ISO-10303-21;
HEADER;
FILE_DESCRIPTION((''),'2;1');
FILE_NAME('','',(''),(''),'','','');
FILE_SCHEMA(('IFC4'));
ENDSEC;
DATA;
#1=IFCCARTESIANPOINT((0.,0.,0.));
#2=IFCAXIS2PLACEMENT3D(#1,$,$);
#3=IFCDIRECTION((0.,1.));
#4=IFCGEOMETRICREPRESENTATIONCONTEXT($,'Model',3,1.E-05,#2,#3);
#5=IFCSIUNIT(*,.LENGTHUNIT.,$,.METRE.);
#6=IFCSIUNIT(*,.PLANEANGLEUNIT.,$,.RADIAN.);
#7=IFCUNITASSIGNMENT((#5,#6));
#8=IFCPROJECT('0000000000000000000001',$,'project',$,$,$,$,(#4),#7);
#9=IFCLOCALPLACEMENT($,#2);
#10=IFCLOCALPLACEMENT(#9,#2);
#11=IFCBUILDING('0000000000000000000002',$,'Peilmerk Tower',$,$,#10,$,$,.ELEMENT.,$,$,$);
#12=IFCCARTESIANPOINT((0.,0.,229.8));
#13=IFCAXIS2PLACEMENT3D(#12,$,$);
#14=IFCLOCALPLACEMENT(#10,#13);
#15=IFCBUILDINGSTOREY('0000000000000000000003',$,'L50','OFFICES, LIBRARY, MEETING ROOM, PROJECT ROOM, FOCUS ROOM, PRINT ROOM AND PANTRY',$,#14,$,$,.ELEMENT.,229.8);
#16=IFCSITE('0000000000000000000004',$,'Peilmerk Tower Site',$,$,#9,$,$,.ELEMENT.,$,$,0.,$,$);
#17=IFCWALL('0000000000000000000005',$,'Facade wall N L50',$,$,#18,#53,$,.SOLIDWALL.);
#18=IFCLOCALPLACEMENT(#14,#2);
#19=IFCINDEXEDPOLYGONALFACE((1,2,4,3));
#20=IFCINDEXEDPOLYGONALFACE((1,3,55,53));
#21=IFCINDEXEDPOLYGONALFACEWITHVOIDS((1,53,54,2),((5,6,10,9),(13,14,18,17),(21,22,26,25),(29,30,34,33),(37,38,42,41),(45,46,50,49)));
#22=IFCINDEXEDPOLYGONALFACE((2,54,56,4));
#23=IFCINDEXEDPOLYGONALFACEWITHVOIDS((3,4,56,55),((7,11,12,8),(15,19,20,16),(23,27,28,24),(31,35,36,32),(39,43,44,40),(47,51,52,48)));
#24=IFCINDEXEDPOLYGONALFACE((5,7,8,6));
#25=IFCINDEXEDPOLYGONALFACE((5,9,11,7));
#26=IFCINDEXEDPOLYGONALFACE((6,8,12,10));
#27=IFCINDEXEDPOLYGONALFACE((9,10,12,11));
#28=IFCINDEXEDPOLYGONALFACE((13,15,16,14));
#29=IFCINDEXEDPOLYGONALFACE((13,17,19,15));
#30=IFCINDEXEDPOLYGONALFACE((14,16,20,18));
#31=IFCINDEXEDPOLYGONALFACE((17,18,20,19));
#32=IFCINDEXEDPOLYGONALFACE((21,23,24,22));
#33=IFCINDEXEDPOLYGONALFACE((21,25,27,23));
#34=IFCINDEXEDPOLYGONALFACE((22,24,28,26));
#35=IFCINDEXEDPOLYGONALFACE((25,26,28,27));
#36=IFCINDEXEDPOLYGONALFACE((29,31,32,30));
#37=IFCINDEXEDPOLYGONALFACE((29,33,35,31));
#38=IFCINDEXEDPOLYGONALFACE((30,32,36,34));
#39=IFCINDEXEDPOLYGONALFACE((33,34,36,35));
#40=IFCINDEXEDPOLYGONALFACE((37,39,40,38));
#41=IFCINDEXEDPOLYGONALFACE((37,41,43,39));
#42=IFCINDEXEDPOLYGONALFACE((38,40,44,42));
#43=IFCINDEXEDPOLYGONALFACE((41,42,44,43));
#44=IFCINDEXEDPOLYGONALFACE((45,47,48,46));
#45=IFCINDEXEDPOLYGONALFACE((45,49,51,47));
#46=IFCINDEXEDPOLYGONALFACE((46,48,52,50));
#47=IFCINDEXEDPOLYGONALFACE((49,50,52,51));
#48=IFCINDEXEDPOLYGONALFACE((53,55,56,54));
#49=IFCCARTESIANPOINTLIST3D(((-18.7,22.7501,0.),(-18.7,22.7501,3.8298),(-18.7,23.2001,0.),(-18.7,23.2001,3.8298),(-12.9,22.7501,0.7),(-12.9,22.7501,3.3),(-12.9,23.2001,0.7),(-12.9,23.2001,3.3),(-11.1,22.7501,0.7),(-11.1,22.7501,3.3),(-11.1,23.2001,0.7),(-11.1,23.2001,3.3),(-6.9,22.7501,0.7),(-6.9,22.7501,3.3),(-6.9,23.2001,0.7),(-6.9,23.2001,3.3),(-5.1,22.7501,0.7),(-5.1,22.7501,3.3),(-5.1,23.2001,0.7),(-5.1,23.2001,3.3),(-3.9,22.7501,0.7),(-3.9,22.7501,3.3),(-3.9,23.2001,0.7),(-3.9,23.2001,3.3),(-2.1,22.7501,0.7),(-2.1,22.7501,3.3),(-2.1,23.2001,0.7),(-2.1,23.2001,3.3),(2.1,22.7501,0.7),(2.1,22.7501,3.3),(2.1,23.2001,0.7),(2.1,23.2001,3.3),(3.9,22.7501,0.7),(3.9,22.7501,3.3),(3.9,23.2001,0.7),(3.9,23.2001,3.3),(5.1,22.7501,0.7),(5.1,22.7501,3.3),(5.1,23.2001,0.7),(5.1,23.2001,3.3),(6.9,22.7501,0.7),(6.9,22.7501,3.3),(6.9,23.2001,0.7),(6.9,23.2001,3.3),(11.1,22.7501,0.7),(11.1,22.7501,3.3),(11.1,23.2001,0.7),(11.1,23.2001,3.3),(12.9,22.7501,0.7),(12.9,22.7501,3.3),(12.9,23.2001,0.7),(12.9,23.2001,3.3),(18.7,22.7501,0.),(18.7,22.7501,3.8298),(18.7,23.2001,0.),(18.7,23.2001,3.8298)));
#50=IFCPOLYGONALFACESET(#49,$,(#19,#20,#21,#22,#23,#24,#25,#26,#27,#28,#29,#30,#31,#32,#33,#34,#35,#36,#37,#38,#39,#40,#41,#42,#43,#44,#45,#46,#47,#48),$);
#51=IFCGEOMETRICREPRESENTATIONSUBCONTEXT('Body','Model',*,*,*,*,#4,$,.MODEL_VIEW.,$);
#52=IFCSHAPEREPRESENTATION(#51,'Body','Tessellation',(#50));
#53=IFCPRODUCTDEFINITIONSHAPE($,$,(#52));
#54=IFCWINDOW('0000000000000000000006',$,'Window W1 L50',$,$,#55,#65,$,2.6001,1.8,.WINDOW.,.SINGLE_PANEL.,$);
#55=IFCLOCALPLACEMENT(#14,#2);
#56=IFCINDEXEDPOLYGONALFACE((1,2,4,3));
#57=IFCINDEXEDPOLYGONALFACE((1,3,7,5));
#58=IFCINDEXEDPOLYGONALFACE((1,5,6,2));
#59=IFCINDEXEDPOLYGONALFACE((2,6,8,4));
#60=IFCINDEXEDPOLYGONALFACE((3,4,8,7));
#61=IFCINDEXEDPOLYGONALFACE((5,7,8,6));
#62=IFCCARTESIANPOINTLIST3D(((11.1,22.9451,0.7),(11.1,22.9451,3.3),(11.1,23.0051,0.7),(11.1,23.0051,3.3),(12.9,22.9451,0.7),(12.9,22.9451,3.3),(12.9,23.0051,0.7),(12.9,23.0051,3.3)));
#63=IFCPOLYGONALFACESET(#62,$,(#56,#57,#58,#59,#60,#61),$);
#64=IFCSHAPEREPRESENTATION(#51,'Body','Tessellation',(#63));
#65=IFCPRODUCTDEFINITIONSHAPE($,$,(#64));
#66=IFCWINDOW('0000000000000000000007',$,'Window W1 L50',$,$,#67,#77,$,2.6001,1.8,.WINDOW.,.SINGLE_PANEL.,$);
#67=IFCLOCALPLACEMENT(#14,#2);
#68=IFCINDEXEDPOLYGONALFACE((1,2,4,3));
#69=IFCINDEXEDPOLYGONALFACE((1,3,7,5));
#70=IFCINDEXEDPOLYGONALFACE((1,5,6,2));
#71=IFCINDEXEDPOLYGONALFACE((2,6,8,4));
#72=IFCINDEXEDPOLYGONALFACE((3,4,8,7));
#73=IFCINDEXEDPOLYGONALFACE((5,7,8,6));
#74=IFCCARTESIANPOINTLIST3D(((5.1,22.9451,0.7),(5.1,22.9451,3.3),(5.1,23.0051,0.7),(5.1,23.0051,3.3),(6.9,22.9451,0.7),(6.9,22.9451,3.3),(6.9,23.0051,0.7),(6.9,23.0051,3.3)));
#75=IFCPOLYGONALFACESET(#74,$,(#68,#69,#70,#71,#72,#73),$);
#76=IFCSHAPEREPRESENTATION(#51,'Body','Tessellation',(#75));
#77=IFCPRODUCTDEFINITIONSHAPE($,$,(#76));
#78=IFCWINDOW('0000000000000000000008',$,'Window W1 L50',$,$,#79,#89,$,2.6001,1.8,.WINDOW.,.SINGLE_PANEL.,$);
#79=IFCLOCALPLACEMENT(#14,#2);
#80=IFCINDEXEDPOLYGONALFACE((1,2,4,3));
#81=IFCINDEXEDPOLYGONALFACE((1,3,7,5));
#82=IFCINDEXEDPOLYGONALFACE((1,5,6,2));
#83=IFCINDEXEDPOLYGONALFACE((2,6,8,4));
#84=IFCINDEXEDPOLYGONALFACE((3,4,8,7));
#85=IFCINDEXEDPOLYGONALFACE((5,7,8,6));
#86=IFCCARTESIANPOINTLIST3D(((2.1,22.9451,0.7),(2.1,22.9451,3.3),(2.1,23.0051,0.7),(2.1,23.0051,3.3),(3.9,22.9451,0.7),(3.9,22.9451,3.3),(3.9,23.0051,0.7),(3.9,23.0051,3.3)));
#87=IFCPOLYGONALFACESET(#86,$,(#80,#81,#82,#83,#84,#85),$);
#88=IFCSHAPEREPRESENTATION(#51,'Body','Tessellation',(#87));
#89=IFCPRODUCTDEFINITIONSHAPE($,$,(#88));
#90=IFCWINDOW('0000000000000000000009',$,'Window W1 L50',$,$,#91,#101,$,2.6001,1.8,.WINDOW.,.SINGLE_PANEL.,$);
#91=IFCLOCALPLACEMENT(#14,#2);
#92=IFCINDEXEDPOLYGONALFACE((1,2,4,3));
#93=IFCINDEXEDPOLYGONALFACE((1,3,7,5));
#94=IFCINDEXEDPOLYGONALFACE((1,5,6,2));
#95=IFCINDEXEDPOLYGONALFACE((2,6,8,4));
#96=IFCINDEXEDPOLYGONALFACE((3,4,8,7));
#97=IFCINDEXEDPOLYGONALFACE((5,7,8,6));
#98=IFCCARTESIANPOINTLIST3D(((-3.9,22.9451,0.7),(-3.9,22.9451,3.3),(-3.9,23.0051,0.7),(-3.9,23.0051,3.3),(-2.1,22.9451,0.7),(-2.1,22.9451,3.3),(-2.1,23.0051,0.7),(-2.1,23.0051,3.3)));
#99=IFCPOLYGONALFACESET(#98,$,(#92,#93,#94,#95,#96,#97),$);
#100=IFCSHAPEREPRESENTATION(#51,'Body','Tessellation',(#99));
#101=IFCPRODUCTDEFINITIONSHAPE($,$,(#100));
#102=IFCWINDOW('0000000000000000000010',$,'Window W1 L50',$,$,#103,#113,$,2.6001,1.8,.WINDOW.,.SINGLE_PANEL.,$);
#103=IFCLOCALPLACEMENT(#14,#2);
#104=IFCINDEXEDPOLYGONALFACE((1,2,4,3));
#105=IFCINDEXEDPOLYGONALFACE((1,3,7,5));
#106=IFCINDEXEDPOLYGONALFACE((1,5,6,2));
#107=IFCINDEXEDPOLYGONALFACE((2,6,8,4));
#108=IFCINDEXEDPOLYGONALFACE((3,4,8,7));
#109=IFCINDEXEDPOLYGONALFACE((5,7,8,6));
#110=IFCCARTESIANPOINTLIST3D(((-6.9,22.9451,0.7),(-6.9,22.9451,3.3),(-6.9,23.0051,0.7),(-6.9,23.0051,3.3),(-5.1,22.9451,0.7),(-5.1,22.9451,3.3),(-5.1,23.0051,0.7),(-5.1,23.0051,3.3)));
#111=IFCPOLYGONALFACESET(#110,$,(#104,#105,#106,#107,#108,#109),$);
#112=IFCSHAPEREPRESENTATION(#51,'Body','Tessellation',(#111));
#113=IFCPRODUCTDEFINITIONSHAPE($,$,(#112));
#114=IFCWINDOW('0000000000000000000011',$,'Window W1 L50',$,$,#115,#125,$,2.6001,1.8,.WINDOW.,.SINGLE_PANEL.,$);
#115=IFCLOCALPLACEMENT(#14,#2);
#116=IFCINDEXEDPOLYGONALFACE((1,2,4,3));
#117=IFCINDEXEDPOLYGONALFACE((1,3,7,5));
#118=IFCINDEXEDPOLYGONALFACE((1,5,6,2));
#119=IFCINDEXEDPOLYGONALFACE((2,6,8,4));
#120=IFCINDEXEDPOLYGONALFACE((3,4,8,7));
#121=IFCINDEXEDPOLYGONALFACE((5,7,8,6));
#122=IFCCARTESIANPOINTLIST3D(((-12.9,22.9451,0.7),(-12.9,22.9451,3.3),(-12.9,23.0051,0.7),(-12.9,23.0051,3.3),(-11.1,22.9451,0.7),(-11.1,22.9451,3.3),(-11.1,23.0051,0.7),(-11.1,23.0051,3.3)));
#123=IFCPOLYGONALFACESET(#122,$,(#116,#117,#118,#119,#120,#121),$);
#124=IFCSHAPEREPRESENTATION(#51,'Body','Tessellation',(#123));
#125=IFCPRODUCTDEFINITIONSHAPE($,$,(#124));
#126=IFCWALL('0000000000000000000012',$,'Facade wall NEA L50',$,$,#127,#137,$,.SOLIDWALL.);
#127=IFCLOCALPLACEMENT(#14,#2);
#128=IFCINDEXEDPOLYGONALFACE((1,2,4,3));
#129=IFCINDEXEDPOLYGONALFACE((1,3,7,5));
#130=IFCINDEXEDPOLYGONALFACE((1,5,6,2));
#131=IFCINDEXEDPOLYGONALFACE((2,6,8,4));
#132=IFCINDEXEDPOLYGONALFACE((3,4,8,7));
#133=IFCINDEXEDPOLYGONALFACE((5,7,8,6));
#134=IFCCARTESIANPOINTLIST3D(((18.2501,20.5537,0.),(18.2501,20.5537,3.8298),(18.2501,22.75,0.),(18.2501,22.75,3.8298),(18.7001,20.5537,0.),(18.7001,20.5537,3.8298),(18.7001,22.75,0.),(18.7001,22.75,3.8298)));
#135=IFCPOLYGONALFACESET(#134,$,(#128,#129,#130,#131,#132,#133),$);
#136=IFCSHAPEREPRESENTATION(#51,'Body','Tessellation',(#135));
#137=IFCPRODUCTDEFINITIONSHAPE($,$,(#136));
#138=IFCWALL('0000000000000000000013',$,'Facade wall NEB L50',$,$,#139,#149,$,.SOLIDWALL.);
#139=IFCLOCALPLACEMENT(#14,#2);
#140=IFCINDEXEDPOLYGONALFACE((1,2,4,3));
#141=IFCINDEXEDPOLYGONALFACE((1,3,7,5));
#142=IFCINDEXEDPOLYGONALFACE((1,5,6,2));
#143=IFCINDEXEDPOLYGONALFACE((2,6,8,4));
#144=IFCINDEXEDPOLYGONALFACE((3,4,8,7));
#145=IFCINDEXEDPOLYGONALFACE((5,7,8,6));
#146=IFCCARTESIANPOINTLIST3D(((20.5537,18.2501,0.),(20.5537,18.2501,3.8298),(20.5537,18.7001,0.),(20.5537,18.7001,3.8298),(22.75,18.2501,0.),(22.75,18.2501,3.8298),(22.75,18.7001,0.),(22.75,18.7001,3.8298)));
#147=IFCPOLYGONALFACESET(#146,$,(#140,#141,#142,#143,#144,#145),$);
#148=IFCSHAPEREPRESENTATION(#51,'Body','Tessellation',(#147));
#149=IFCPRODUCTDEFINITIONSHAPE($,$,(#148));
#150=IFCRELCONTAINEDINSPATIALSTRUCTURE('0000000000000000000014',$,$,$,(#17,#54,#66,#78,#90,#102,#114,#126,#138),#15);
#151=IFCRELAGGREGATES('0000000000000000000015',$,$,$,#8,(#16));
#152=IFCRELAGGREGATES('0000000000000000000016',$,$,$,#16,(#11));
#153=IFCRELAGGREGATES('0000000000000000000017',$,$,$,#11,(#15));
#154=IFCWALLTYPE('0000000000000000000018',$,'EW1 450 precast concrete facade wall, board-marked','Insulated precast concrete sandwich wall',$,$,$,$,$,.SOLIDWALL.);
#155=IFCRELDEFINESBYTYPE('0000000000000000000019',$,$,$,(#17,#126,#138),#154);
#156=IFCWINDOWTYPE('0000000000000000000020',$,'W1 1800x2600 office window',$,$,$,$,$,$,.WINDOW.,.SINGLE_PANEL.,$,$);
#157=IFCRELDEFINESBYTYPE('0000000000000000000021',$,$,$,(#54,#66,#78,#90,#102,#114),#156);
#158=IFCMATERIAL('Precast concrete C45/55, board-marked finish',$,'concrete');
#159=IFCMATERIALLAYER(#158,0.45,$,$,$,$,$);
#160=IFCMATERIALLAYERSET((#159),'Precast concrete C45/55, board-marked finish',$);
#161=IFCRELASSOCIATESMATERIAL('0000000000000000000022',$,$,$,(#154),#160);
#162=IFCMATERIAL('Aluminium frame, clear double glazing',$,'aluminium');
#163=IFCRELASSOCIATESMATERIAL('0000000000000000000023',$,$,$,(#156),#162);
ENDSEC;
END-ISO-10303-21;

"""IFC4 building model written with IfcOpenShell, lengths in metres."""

from ifc_helpers import new_model, si_unit, direction, frame, frame_2d, origin, place, context, subcontext, project, spatial, rectangle, extrude, material, layer, layer_set, type_object, element, fill, save


model = new_model("IFC4")

# Units and contexts
model_context = context("Model", 3, precision=1e-05, world=origin(), true_north=direction((0.0, 1.0)))
body_context = subcontext(model_context, "Body", "Model", "MODEL_VIEW")
ifc_project = project(units=[si_unit("LENGTHUNIT", "METRE"), si_unit("PLANEANGLEUNIT", "RADIAN")], contexts=[model_context])

# Site, building, storey
site_placement = place(None, origin())
site = spatial("IfcSite", under=ifc_project, at=site_placement, Name="Peilmerk Tower Site", CompositionType="ELEMENT", RefElevation=0.0)
building_placement = place(site_placement, origin())
building = spatial("IfcBuilding", under=site, at=building_placement, Name="Peilmerk Tower", CompositionType="ELEMENT")
storey_placement = place(building_placement, frame((0.0, 0.0, 229.8)))
storey = spatial("IfcBuildingStorey", under=building, at=storey_placement, Name="L50", Description="OFFICES, LIBRARY, MEETING ROOM, PROJECT ROOM, FOCUS ROOM, PRINT ROOM AND PANTRY", CompositionType="ELEMENT", Elevation=229.8)

# Wall, openings, windows
ifc_material_1 = material(Name="Precast concrete C45/55, board-marked finish", Category="concrete")
ifc_layer_1 = layer(ifc_material_1, 0.45)
ifc_layer_set_1 = layer_set([ifc_layer_1], Name="Precast concrete C45/55, board-marked finish")
wall_type = type_object("IfcWallType", Name="EW1 450 precast concrete facade wall, board-marked", Description="Insulated precast concrete sandwich wall", PredefinedType="SOLIDWALL", material=ifc_layer_set_1)
wall_placement = place(storey_placement, frame((18.7, 22.9751, 0.0), z_axis=(0.0, 0.0, 1.0), x_axis=(-1.0, 0.0, 0.0)))
wall = element("IfcWall", 1, at=wall_placement, inside=storey, type_object=wall_type, Name="Facade wall N L50", PredefinedType="SOLIDWALL", context=body_context, shape_type="SweptSolid", body=[
    extrude(rectangle(XDim=37.3999, YDim=0.45, at=frame_2d((18.7, 0.0))), origin(), (0.0, 0.0, 1.0), 3.8298),
])
opening_1_placement = place(wall_placement, frame((5.8, 0.0, 0.7)))
opening_1 = element("IfcOpeningElement", 2, at=opening_1_placement, cuts=wall, PredefinedType="OPENING", context=body_context, shape_type="SweptSolid", body=[
    extrude(rectangle(XDim=1.8, YDim=2.6001, at=frame_2d((0.8999, 1.3))), frame((0.0, 0.2349, 0.0), z_axis=(0.0, -1.0, 0.0), x_axis=(1.0, 0.0, 0.0)), (0.0, 0.0, 1.0), 0.47),
])
opening_2_placement = place(wall_placement, frame((11.8, 0.0, 0.7)))
opening_2 = element("IfcOpeningElement", 3, at=opening_2_placement, cuts=wall, PredefinedType="OPENING", context=body_context, shape_type="SweptSolid", body=[
    extrude(rectangle(XDim=1.8, YDim=2.6001, at=frame_2d((0.8999, 1.3))), frame((0.0, 0.2349, 0.0), z_axis=(0.0, -1.0, 0.0), x_axis=(1.0, 0.0, 0.0)), (0.0, 0.0, 1.0), 0.47),
])
opening_3_placement = place(wall_placement, frame((14.8, 0.0, 0.7)))
opening_3 = element("IfcOpeningElement", 4, at=opening_3_placement, cuts=wall, PredefinedType="OPENING", context=body_context, shape_type="SweptSolid", body=[
    extrude(rectangle(XDim=1.8, YDim=2.6001, at=frame_2d((0.8999, 1.3))), frame((0.0, 0.2349, 0.0), z_axis=(0.0, -1.0, 0.0), x_axis=(1.0, 0.0, 0.0)), (0.0, 0.0, 1.0), 0.47),
])
opening_4_placement = place(wall_placement, frame((20.8, 0.0, 0.7)))
opening_4 = element("IfcOpeningElement", 5, at=opening_4_placement, cuts=wall, PredefinedType="OPENING", context=body_context, shape_type="SweptSolid", body=[
    extrude(rectangle(XDim=1.8, YDim=2.6001, at=frame_2d((0.8999, 1.3))), frame((0.0, 0.2349, 0.0), z_axis=(0.0, -1.0, 0.0), x_axis=(1.0, 0.0, 0.0)), (0.0, 0.0, 1.0), 0.47),
])
opening_5_placement = place(wall_placement, frame((23.8, 0.0, 0.7)))
opening_5 = element("IfcOpeningElement", 6, at=opening_5_placement, cuts=wall, PredefinedType="OPENING", context=body_context, shape_type="SweptSolid", body=[
    extrude(rectangle(XDim=1.8, YDim=2.6001, at=frame_2d((0.8999, 1.3))), frame((0.0, 0.2349, 0.0), z_axis=(0.0, -1.0, 0.0), x_axis=(1.0, 0.0, 0.0)), (0.0, 0.0, 1.0), 0.47),
])
opening_6_placement = place(wall_placement, frame((29.8, 0.0, 0.7)))
opening_6 = element("IfcOpeningElement", 7, at=opening_6_placement, cuts=wall, PredefinedType="OPENING", context=body_context, shape_type="SweptSolid", body=[
    extrude(rectangle(XDim=1.8, YDim=2.6001, at=frame_2d((0.8999, 1.3))), frame((0.0, 0.2349, 0.0), z_axis=(0.0, -1.0, 0.0), x_axis=(1.0, 0.0, 0.0)), (0.0, 0.0, 1.0), 0.47),
])
ifc_material_2 = material(Name="Aluminium frame, clear double glazing", Category="aluminium")
window_type = type_object("IfcWindowType", Name="W1 1800x2600 office window", PartitioningType="SINGLE_PANEL", PredefinedType="WINDOW", material=ifc_material_2)
window_1_placement = place(opening_1_placement, origin())
window_1 = element("IfcWindow", 8, at=window_1_placement, inside=storey, type_object=window_type, Name="Window W1 L50", OverallHeight=2.6001, OverallWidth=1.8, PartitioningType="SINGLE_PANEL", PredefinedType="WINDOW", context=body_context, shape_type="SweptSolid", body=[
    extrude(rectangle(XDim=1.8, YDim=2.6001, at=frame_2d((0.8999, 1.3))), frame((0.0, 0.03, 0.0), z_axis=(0.0, -1.0, 0.0), x_axis=(1.0, 0.0, 0.0)), (0.0, 0.0, 1.0), 0.0601),
])
fill(opening_1, window_1)
window_2_placement = place(opening_2_placement, origin())
window_2 = element("IfcWindow", 9, at=window_2_placement, inside=storey, type_object=window_type, Name="Window W1 L50", OverallHeight=2.6001, OverallWidth=1.8, PartitioningType="SINGLE_PANEL", PredefinedType="WINDOW", context=body_context, shape_type="SweptSolid", body=[
    extrude(rectangle(XDim=1.8, YDim=2.6001, at=frame_2d((0.8999, 1.3))), frame((0.0, 0.03, 0.0), z_axis=(0.0, -1.0, 0.0), x_axis=(1.0, 0.0, 0.0)), (0.0, 0.0, 1.0), 0.0601),
])
fill(opening_2, window_2)
window_3_placement = place(opening_3_placement, origin())
window_3 = element("IfcWindow", 10, at=window_3_placement, inside=storey, type_object=window_type, Name="Window W1 L50", OverallHeight=2.6001, OverallWidth=1.8, PartitioningType="SINGLE_PANEL", PredefinedType="WINDOW", context=body_context, shape_type="SweptSolid", body=[
    extrude(rectangle(XDim=1.8, YDim=2.6001, at=frame_2d((0.8999, 1.3))), frame((0.0, 0.03, 0.0), z_axis=(0.0, -1.0, 0.0), x_axis=(1.0, 0.0, 0.0)), (0.0, 0.0, 1.0), 0.0601),
])
fill(opening_3, window_3)
window_4_placement = place(opening_4_placement, origin())
window_4 = element("IfcWindow", 11, at=window_4_placement, inside=storey, type_object=window_type, Name="Window W1 L50", OverallHeight=2.6001, OverallWidth=1.8, PartitioningType="SINGLE_PANEL", PredefinedType="WINDOW", context=body_context, shape_type="SweptSolid", body=[
    extrude(rectangle(XDim=1.8, YDim=2.6001, at=frame_2d((0.8999, 1.3))), frame((0.0, 0.03, 0.0), z_axis=(0.0, -1.0, 0.0), x_axis=(1.0, 0.0, 0.0)), (0.0, 0.0, 1.0), 0.0601),
])
fill(opening_4, window_4)
window_5_placement = place(opening_5_placement, origin())
window_5 = element("IfcWindow", 12, at=window_5_placement, inside=storey, type_object=window_type, Name="Window W1 L50", OverallHeight=2.6001, OverallWidth=1.8, PartitioningType="SINGLE_PANEL", PredefinedType="WINDOW", context=body_context, shape_type="SweptSolid", body=[
    extrude(rectangle(XDim=1.8, YDim=2.6001, at=frame_2d((0.8999, 1.3))), frame((0.0, 0.03, 0.0), z_axis=(0.0, -1.0, 0.0), x_axis=(1.0, 0.0, 0.0)), (0.0, 0.0, 1.0), 0.0601),
])
fill(opening_5, window_5)
window_6_placement = place(opening_6_placement, origin())
window_6 = element("IfcWindow", 13, at=window_6_placement, inside=storey, type_object=window_type, Name="Window W1 L50", OverallHeight=2.6001, OverallWidth=1.8, PartitioningType="SINGLE_PANEL", PredefinedType="WINDOW", context=body_context, shape_type="SweptSolid", body=[
    extrude(rectangle(XDim=1.8, YDim=2.6001, at=frame_2d((0.8999, 1.3))), frame((0.0, 0.03, 0.0), z_axis=(0.0, -1.0, 0.0), x_axis=(1.0, 0.0, 0.0)), (0.0, 0.0, 1.0), 0.0601),
])
fill(opening_6, window_6)

# Walls
for number, where, z_axis, x_axis, name in (
    (14, (18.4751, 20.5537, 0.0), (0.0, 0.0, 1.0), (0.0, 1.0, 0.0), "Facade wall NEA L50"),
    (15, (20.5537, 18.4751, 0.0), (0.0, 0.0, 1.0), (1.0, 0.0, 0.0), "Facade wall NEB L50"),
):
    element("IfcWall", number, at=place(storey_placement, frame(where, z_axis=z_axis, x_axis=x_axis)), inside=storey, type_object=wall_type, Name=name, PredefinedType="SOLIDWALL", context=body_context, shape_type="SweptSolid", body=[
        extrude(rectangle(XDim=2.1963, YDim=0.45, at=frame_2d((1.0981, 0.0))), origin(), (0.0, 0.0, 1.0), 3.8298),
    ])

save(model, "model.ifc")
